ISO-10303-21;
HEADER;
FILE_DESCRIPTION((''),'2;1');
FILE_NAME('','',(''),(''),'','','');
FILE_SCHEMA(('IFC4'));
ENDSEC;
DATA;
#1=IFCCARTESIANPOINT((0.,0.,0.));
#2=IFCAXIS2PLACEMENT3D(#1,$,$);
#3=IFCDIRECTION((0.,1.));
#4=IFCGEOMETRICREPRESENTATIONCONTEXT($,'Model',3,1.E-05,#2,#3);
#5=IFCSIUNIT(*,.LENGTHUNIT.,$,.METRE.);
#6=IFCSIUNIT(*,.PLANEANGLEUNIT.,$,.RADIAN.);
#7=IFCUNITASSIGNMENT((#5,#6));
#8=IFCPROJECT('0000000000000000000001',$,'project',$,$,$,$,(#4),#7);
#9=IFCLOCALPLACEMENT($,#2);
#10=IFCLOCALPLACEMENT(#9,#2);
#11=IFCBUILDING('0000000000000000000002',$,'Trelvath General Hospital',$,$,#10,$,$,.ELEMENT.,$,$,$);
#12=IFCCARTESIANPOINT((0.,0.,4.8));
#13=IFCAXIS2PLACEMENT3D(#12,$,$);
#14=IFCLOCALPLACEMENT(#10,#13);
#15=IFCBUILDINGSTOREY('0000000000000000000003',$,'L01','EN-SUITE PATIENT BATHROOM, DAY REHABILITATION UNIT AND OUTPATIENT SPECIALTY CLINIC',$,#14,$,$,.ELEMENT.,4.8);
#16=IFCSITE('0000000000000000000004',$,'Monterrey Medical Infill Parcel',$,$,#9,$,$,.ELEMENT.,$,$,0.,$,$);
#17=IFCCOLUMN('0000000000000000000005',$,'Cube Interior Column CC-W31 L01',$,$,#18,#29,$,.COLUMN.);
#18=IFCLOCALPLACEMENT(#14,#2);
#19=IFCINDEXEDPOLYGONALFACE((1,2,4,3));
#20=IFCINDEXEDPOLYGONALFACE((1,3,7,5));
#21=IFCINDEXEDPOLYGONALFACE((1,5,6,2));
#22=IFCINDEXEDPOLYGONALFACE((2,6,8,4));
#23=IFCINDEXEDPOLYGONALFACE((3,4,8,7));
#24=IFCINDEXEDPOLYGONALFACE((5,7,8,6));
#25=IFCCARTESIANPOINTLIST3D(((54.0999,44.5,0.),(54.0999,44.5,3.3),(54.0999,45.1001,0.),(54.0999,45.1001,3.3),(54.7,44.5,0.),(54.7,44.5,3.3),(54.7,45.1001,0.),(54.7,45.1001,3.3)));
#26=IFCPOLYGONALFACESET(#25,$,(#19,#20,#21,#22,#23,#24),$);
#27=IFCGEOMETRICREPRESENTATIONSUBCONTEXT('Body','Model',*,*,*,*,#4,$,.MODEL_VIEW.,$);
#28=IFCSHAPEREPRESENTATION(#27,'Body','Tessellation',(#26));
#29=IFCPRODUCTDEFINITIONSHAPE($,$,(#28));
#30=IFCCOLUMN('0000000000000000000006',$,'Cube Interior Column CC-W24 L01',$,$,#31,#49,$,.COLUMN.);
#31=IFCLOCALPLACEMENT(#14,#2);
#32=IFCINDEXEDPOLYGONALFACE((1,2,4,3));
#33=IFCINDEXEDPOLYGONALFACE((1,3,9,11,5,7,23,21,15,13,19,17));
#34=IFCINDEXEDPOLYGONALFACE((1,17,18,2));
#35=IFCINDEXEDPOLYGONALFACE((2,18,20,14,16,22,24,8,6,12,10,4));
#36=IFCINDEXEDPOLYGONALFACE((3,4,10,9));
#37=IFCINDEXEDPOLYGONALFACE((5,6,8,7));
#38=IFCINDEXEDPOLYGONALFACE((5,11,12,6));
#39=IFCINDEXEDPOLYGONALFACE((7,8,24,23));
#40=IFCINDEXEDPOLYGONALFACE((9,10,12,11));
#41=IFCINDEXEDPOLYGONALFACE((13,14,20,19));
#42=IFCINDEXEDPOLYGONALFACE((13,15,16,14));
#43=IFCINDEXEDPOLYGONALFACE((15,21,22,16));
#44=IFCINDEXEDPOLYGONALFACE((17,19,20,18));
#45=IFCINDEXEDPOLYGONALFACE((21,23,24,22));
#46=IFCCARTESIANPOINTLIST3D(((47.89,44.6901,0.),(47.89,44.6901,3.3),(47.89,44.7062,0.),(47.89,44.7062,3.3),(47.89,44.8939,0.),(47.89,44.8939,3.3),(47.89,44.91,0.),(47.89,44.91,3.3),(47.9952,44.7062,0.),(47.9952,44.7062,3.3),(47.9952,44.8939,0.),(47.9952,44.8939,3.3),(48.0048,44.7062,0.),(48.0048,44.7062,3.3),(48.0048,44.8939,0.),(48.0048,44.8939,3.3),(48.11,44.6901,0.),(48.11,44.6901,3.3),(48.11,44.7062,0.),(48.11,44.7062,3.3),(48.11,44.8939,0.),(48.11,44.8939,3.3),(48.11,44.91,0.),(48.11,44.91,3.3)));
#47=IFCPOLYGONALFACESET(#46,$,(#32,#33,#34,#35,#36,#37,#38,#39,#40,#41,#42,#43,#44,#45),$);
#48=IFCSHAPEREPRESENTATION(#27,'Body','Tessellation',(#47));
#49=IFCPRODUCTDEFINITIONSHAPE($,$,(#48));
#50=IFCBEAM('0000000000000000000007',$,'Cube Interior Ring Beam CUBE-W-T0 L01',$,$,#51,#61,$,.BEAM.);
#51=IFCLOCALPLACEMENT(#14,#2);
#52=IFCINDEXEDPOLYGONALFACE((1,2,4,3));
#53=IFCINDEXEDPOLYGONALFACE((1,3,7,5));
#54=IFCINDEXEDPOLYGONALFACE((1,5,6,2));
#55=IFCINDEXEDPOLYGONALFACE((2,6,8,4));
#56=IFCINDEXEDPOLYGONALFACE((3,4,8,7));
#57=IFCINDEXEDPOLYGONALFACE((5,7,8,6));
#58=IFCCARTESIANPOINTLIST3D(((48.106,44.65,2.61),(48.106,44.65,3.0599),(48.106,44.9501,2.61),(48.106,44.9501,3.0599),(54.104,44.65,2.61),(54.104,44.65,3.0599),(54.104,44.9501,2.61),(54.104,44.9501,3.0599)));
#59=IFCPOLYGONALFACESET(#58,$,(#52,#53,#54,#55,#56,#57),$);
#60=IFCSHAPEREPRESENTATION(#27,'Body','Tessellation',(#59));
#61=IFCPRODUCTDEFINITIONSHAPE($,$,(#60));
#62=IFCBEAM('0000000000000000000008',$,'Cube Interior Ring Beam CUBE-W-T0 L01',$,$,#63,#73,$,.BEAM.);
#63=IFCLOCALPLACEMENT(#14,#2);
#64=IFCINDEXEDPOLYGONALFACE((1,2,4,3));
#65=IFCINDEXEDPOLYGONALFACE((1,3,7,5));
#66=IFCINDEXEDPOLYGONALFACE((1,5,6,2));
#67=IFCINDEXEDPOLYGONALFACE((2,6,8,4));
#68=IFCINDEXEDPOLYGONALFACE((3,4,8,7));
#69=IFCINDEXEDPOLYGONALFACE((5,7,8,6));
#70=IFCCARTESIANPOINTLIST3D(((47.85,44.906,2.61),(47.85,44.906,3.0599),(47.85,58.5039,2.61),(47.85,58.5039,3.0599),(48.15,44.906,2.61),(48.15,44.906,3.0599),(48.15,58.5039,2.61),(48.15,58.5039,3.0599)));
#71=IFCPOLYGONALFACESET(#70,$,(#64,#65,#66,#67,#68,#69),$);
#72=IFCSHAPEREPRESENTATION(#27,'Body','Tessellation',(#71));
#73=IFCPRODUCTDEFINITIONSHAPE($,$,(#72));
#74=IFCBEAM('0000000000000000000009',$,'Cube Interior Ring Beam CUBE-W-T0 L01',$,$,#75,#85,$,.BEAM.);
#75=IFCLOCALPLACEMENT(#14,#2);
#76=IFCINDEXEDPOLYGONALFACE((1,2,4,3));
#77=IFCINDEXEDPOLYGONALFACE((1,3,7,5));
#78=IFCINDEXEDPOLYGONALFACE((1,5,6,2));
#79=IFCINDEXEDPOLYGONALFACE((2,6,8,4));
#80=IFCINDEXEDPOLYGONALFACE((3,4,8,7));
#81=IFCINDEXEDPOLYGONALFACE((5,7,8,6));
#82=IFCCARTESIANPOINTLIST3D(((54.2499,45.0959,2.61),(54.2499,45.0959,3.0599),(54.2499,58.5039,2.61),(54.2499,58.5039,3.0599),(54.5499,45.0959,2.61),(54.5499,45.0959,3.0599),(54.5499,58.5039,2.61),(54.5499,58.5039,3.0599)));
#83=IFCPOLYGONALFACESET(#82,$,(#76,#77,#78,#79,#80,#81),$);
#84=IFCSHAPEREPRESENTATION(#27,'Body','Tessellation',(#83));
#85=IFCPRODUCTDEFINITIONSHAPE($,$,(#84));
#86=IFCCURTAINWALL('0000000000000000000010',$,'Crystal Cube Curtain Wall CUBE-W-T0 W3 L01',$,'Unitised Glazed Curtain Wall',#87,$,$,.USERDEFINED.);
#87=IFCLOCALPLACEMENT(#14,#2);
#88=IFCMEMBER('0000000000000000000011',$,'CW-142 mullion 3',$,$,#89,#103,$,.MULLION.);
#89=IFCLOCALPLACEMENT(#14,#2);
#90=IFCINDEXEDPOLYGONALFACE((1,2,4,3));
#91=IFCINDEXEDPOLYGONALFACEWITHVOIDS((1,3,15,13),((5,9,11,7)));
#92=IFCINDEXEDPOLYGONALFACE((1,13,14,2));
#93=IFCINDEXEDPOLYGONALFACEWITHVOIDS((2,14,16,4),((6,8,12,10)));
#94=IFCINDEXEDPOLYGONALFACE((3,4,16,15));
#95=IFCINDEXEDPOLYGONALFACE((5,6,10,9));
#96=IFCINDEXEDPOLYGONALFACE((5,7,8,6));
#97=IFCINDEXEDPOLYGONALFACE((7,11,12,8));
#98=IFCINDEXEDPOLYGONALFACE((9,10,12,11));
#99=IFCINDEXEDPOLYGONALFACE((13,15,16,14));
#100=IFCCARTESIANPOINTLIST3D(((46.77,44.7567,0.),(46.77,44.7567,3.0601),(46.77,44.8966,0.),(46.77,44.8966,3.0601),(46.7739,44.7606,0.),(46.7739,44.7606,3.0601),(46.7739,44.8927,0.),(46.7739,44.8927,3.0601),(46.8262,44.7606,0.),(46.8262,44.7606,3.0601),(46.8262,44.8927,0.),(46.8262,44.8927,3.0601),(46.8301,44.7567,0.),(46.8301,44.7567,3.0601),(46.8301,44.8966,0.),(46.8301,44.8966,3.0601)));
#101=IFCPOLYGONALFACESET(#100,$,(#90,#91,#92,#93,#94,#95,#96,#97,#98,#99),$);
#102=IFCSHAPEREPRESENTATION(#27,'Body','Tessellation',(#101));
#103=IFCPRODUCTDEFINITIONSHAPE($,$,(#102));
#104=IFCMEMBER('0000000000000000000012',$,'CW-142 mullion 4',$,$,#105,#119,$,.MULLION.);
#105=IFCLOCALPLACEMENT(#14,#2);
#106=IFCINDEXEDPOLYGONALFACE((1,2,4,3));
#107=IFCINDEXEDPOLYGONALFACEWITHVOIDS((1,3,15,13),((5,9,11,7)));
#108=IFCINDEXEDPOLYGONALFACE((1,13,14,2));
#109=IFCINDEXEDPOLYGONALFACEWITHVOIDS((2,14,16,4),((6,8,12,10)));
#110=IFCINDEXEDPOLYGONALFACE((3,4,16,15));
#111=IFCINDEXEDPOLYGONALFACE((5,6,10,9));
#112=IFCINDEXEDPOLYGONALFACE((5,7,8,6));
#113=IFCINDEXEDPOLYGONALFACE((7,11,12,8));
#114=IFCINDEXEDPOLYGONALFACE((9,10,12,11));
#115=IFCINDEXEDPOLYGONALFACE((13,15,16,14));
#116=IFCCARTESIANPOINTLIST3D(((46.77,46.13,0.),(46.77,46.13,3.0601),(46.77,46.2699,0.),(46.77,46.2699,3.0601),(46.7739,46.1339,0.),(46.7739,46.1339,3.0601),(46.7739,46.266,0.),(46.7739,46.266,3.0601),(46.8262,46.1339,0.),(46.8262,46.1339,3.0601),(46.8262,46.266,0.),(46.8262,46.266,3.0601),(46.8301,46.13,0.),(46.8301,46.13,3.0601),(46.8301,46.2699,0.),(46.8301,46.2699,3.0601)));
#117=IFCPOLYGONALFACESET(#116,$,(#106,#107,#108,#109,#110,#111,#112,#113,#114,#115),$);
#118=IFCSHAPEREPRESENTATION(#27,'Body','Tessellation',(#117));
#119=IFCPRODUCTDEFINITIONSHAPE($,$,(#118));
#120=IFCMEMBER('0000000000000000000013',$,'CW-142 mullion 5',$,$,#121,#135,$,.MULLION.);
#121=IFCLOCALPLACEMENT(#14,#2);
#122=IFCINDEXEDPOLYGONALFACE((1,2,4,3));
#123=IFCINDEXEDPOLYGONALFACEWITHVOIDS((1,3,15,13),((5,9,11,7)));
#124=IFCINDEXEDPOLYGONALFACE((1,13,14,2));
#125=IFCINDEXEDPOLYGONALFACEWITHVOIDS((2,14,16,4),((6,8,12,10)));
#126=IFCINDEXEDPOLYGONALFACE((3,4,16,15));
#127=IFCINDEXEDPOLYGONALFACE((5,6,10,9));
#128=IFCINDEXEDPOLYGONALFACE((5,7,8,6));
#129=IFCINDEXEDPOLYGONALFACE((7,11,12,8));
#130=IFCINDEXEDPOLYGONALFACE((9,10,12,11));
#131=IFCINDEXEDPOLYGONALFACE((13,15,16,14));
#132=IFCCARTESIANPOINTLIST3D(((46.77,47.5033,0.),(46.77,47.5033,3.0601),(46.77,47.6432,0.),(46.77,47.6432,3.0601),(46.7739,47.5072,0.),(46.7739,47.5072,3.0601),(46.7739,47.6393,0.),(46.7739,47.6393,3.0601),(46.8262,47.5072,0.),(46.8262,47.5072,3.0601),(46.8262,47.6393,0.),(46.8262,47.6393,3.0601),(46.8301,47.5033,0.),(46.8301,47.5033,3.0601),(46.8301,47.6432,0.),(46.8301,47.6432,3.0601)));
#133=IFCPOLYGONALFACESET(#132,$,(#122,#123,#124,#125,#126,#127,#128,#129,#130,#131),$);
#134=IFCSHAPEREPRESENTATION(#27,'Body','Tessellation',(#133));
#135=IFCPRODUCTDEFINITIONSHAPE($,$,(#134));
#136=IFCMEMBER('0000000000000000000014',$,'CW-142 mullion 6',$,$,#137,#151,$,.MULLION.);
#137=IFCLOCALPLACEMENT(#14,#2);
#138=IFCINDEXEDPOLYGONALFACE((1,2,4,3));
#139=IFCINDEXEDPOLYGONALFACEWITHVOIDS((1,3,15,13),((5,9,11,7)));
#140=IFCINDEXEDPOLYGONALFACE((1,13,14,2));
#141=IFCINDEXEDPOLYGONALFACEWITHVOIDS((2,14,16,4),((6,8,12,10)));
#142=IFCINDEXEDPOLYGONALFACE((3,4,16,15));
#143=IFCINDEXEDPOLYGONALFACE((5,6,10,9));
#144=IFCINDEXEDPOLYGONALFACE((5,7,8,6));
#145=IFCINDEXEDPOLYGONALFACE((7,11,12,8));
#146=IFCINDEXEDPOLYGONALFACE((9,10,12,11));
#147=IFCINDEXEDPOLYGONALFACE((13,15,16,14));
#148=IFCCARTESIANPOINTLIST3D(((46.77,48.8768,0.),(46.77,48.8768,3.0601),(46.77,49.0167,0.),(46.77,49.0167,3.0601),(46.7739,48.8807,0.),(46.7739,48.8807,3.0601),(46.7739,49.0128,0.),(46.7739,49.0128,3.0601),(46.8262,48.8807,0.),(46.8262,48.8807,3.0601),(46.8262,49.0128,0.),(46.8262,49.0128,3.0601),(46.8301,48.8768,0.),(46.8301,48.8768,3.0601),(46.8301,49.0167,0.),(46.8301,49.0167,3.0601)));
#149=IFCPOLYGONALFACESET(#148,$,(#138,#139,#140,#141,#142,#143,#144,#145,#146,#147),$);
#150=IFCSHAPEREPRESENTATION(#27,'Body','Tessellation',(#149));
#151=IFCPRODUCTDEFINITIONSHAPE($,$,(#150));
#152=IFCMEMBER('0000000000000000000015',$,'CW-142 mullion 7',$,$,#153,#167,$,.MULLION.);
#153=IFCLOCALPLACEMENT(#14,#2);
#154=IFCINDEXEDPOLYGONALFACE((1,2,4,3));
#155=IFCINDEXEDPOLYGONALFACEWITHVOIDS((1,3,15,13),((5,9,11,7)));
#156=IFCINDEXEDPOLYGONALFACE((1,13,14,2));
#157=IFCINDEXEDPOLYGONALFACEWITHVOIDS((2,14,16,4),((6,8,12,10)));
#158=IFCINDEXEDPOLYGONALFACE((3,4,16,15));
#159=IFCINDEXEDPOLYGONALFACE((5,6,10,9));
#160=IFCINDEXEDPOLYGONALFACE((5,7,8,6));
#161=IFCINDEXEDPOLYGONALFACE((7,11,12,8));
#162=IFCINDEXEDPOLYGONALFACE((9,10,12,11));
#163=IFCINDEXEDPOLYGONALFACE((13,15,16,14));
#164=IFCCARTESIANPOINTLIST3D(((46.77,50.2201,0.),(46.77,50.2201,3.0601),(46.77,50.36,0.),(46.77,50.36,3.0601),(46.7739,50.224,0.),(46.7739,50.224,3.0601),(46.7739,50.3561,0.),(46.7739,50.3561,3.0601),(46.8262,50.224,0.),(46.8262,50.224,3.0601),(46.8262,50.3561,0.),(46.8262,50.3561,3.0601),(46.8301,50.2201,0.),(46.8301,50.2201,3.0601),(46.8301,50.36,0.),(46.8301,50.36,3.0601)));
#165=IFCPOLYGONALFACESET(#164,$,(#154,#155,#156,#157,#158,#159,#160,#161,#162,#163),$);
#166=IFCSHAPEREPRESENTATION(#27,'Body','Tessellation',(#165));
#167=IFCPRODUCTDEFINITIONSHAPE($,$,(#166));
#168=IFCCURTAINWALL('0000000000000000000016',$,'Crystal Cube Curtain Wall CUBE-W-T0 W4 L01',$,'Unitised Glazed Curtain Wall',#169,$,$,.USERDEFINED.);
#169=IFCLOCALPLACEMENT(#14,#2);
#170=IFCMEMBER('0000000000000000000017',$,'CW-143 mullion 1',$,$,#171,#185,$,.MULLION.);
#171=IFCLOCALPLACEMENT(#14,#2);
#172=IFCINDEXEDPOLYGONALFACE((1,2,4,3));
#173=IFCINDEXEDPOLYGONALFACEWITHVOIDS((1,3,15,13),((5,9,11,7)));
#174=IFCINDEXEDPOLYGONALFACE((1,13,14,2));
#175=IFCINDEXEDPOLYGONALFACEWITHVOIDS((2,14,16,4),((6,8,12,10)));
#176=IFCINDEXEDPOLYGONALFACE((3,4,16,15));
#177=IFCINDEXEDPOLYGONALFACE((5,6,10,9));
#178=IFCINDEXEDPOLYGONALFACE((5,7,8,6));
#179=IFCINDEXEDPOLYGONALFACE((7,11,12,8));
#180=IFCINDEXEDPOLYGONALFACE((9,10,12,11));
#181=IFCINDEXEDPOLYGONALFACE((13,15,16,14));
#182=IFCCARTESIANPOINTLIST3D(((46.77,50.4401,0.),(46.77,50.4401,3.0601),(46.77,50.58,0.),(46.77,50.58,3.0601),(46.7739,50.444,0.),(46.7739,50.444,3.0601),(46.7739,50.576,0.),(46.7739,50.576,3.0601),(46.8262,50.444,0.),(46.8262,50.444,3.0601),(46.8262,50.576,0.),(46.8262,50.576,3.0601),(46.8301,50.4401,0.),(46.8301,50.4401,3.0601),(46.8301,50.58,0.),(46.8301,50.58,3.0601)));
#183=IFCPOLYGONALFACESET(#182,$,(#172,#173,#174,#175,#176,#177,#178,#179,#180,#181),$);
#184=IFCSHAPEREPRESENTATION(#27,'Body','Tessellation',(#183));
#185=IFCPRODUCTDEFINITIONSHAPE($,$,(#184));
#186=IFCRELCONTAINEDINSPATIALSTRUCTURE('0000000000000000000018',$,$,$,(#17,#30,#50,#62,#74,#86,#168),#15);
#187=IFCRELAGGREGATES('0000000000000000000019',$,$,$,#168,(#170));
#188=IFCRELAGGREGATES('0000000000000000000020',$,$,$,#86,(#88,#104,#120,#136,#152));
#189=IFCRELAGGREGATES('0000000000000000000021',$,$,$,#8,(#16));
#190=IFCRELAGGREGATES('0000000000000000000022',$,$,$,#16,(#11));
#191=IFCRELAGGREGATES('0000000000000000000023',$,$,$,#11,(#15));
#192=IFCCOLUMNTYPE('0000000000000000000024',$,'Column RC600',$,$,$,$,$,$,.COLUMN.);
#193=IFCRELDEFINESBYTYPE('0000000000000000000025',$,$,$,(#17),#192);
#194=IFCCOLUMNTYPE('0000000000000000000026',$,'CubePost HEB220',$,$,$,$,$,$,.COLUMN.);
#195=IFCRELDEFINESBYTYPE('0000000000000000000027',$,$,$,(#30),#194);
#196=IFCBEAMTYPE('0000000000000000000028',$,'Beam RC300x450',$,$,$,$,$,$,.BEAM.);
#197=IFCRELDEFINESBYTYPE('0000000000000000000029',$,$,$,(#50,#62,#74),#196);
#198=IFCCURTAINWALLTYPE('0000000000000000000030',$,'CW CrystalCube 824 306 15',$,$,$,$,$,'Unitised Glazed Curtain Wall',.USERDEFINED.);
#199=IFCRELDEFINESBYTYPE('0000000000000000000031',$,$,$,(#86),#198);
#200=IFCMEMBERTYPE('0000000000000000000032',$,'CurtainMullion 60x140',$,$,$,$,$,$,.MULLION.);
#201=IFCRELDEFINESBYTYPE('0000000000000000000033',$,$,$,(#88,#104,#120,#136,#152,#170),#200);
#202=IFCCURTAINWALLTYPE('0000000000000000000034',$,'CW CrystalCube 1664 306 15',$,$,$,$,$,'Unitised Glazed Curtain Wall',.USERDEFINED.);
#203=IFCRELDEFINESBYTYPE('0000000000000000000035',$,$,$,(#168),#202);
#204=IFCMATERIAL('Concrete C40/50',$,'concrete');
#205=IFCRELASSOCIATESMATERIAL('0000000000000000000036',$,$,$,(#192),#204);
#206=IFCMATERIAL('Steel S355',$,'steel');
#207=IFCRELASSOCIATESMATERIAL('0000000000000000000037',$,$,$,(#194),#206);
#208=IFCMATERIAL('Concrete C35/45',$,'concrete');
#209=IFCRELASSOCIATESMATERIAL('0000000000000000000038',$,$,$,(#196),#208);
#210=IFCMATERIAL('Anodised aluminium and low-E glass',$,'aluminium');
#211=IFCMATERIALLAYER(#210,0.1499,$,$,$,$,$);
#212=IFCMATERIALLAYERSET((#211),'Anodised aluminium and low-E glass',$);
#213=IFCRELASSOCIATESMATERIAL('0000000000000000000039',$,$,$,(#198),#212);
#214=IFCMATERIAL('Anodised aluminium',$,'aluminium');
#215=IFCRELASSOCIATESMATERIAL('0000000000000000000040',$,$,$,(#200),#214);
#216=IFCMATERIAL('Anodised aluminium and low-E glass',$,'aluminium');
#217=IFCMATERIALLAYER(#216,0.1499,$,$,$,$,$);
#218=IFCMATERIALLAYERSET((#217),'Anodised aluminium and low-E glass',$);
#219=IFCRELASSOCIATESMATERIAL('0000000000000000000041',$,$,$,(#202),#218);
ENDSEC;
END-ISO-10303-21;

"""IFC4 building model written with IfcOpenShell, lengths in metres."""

from ifc_helpers import new_model, si_unit, direction, frame, origin, origin_2d, place, context, subcontext, project, spatial, rectangle, hollow_rectangle, i_section, extrude, material, layer, layer_set, material_profile, profile_set, type_object, element, aggregate, save


model = new_model("IFC4")

# Units and contexts
model_context = context("Model", 3, precision=1e-05, world=origin(), true_north=direction((0.0, 1.0)))
body_context = subcontext(model_context, "Body", "Model", "MODEL_VIEW")
ifc_project = project(units=[si_unit("LENGTHUNIT", "METRE"), si_unit("PLANEANGLEUNIT", "RADIAN")], contexts=[model_context])

# Site, building, storey
site_placement = place(None, origin())
site = spatial("IfcSite", under=ifc_project, at=site_placement, Name="Monterrey Medical Infill Parcel", CompositionType="ELEMENT", RefElevation=0.0)
building_placement = place(site_placement, origin())
building = spatial("IfcBuilding", under=site, at=building_placement, Name="Trelvath General Hospital", CompositionType="ELEMENT")
storey_placement = place(building_placement, frame((0.0, 0.0, 4.8)))
storey = spatial("IfcBuildingStorey", under=building, at=storey_placement, Name="L01", Description="EN-SUITE PATIENT BATHROOM, DAY REHABILITATION UNIT AND OUTPATIENT SPECIALTY CLINIC", CompositionType="ELEMENT", Elevation=4.8)

# Columns
ifc_material_1 = material(Name="Concrete C40/50", Category="concrete")
ifc_material_profile_1 = material_profile(ifc_material_1, rectangle(XDim=0.6001, YDim=0.6001, at=origin_2d()), Name="RC600x600")
ifc_profile_set_1 = profile_set([ifc_material_profile_1], Name="Concrete C40/50")
column_type_1 = type_object("IfcColumnType", Name="Column RC600", PredefinedType="COLUMN", material=ifc_profile_set_1)
column_1_placement = place(storey_placement, frame((54.3999, 44.8, 0.0), z_axis=(0.0, 0.0, 1.0), x_axis=(1.0, 0.0, 0.0)))
element("IfcColumn", 1, at=column_1_placement, inside=storey, type_object=column_type_1, Name="Cube Interior Column CC-W31 L01", PredefinedType="COLUMN", context=body_context, shape_type="SweptSolid", body=[
    extrude(rectangle(XDim=0.6001, YDim=0.6001, at=origin_2d()), origin(), (0.0, 0.0, 1.0), 3.3),
])
ifc_material_2 = material(Name="Steel S355", Category="steel")
ifc_material_profile_2 = material_profile(ifc_material_2, i_section(OverallWidth=0.22, OverallDepth=0.22, WebThickness=0.0095, FlangeThickness=0.0161, at=origin_2d()), Name="HEB220")
ifc_profile_set_2 = profile_set([ifc_material_profile_2], Name="Steel S355")
column_type_2 = type_object("IfcColumnType", Name="CubePost HEB220", PredefinedType="COLUMN", material=ifc_profile_set_2)
column_2_placement = place(storey_placement, frame((48.0, 44.8, 0.0), z_axis=(0.0, 0.0, 1.0), x_axis=(1.0, 0.0, 0.0)))
element("IfcColumn", 2, at=column_2_placement, inside=storey, type_object=column_type_2, Name="Cube Interior Column CC-W24 L01", PredefinedType="COLUMN", context=body_context, shape_type="SweptSolid", body=[
    extrude(i_section(OverallWidth=0.22, OverallDepth=0.22, WebThickness=0.0095, FlangeThickness=0.0161, at=origin_2d()), origin(), (0.0, 0.0, 1.0), 3.3),
])

# Beams
ifc_material_3 = material(Name="Concrete C35/45", Category="concrete")
ifc_material_profile_3 = material_profile(ifc_material_3, rectangle(XDim=0.3, YDim=0.45, at=origin_2d()), Name="RCB300x450")
ifc_profile_set_3 = profile_set([ifc_material_profile_3], Name="Concrete C35/45")
beam_type = type_object("IfcBeamType", Name="Beam RC300x450", PredefinedType="BEAM", material=ifc_profile_set_3)
beam_1_placement = place(storey_placement, frame((48.106, 44.8, 2.835), z_axis=(1.0, 0.0, 0.0), x_axis=(0.0, 1.0, 0.0)))
element("IfcBeam", 3, at=beam_1_placement, inside=storey, type_object=beam_type, Name="Cube Interior Ring Beam CUBE-W-T0 L01", PredefinedType="BEAM", context=body_context, shape_type="SweptSolid", body=[
    extrude(rectangle(XDim=0.3, YDim=0.45, at=origin_2d()), origin(), (0.0, 0.0, 1.0), 5.998),
])
beam_2_placement = place(storey_placement, frame((48.0, 44.906, 2.835), z_axis=(0.0, 1.0, 0.0), x_axis=(-1.0, 0.0, 0.0)))
element("IfcBeam", 4, at=beam_2_placement, inside=storey, type_object=beam_type, Name="Cube Interior Ring Beam CUBE-W-T0 L01", PredefinedType="BEAM", context=body_context, shape_type="SweptSolid", body=[
    extrude(rectangle(XDim=0.3, YDim=0.45, at=origin_2d()), origin(), (0.0, 0.0, 1.0), 13.5979),
])
beam_3_placement = place(storey_placement, frame((54.3999, 45.0959, 2.835), z_axis=(0.0, 1.0, 0.0), x_axis=(-1.0, 0.0, 0.0)))
element("IfcBeam", 5, at=beam_3_placement, inside=storey, type_object=beam_type, Name="Cube Interior Ring Beam CUBE-W-T0 L01", PredefinedType="BEAM", context=body_context, shape_type="SweptSolid", body=[
    extrude(rectangle(XDim=0.3, YDim=0.45, at=origin_2d()), origin(), (0.0, 0.0, 1.0), 13.408),
])

# Curtain wall, members
ifc_material_4 = material(Name="Anodised aluminium and low-E glass", Category="aluminium")
ifc_layer_1 = layer(ifc_material_4, 0.1499)
ifc_layer_set_1 = layer_set([ifc_layer_1], Name="Anodised aluminium and low-E glass")
curtain_wall_type_1 = type_object("IfcCurtainWallType", Name="CW CrystalCube 824 306 15", ElementType="Unitised Glazed Curtain Wall", PredefinedType="USERDEFINED", material=ifc_layer_set_1)
curtain_wall_1_placement = place(storey_placement, origin())
curtain_wall_1 = element("IfcCurtainWall", 6, at=curtain_wall_1_placement, inside=storey, type_object=curtain_wall_type_1, Name="Crystal Cube Curtain Wall CUBE-W-T0 W3 L01", ObjectType="Unitised Glazed Curtain Wall", PredefinedType="USERDEFINED")
ifc_material_5 = material(Name="Anodised aluminium", Category="aluminium")
ifc_material_profile_4 = material_profile(ifc_material_5, hollow_rectangle(XDim=0.0601, YDim=0.1399, WallThickness=0.0039, at=origin_2d()), Name="RHS60x140x4")
ifc_profile_set_4 = profile_set([ifc_material_profile_4], Name="Anodised aluminium")
member_type_1 = type_object("IfcMemberType", Name="CurtainMullion 60x140", PredefinedType="MULLION", material=ifc_profile_set_4)
member_1_placement = place(storey_placement, frame((46.8, 44.8267, 0.0), z_axis=(0.0, 0.0, 1.0), x_axis=(-1.0, 0.0, 0.0)))
member_1 = element("IfcMember", 7, at=member_1_placement, type_object=member_type_1, Name="CW-142 mullion 3", PredefinedType="MULLION", context=body_context, shape_type="SweptSolid", body=[
    extrude(hollow_rectangle(XDim=0.0601, YDim=0.1399, WallThickness=0.0039, at=origin_2d()), origin(), (0.0, 0.0, 1.0), 3.0601),
])
member_2_placement = place(storey_placement, frame((46.8, 46.2, 0.0), z_axis=(0.0, 0.0, 1.0), x_axis=(-1.0, 0.0, 0.0)))
member_2 = element("IfcMember", 8, at=member_2_placement, type_object=member_type_1, Name="CW-142 mullion 4", PredefinedType="MULLION", context=body_context, shape_type="SweptSolid", body=[
    extrude(hollow_rectangle(XDim=0.0601, YDim=0.1399, WallThickness=0.0039, at=origin_2d()), origin(), (0.0, 0.0, 1.0), 3.0601),
])
member_3_placement = place(storey_placement, frame((46.8, 47.5732, 0.0), z_axis=(0.0, 0.0, 1.0), x_axis=(-1.0, 0.0, 0.0)))
member_3 = element("IfcMember", 9, at=member_3_placement, type_object=member_type_1, Name="CW-142 mullion 5", PredefinedType="MULLION", context=body_context, shape_type="SweptSolid", body=[
    extrude(hollow_rectangle(XDim=0.0601, YDim=0.1399, WallThickness=0.0039, at=origin_2d()), origin(), (0.0, 0.0, 1.0), 3.0601),
])
member_4_placement = place(storey_placement, frame((46.8, 48.9468, 0.0), z_axis=(0.0, 0.0, 1.0), x_axis=(-1.0, 0.0, 0.0)))
member_4 = element("IfcMember", 10, at=member_4_placement, type_object=member_type_1, Name="CW-142 mullion 6", PredefinedType="MULLION", context=body_context, shape_type="SweptSolid", body=[
    extrude(hollow_rectangle(XDim=0.0601, YDim=0.1399, WallThickness=0.0039, at=origin_2d()), origin(), (0.0, 0.0, 1.0), 3.0601),
])
member_5_placement = place(storey_placement, frame((46.8, 50.29, 0.0), z_axis=(0.0, 0.0, 1.0), x_axis=(-1.0, 0.0, 0.0)))
member_5 = element("IfcMember", 11, at=member_5_placement, type_object=member_type_1, Name="CW-142 mullion 7", PredefinedType="MULLION", context=body_context, shape_type="SweptSolid", body=[
    extrude(hollow_rectangle(XDim=0.0601, YDim=0.1399, WallThickness=0.0039, at=origin_2d()), origin(), (0.0, 0.0, 1.0), 3.0601),
])

# Curtain wall, member
ifc_material_6 = material(Name="Anodised aluminium and low-E glass", Category="aluminium")
ifc_layer_2 = layer(ifc_material_6, 0.1499)
ifc_layer_set_2 = layer_set([ifc_layer_2], Name="Anodised aluminium and low-E glass")
curtain_wall_type_2 = type_object("IfcCurtainWallType", Name="CW CrystalCube 1664 306 15", ElementType="Unitised Glazed Curtain Wall", PredefinedType="USERDEFINED", material=ifc_layer_set_2)
curtain_wall_2_placement = place(storey_placement, origin())
curtain_wall_2 = element("IfcCurtainWall", 12, at=curtain_wall_2_placement, inside=storey, type_object=curtain_wall_type_2, Name="Crystal Cube Curtain Wall CUBE-W-T0 W4 L01", ObjectType="Unitised Glazed Curtain Wall", PredefinedType="USERDEFINED")
member_6_placement = place(storey_placement, frame((46.8, 50.51, 0.0), z_axis=(0.0, 0.0, 1.0), x_axis=(-1.0, 0.0, 0.0)))
member_6 = element("IfcMember", 13, at=member_6_placement, type_object=member_type_1, Name="CW-143 mullion 1", PredefinedType="MULLION", context=body_context, shape_type="SweptSolid", body=[
    extrude(hollow_rectangle(XDim=0.0601, YDim=0.1399, WallThickness=0.0039, at=origin_2d()), origin(), (0.0, 0.0, 1.0), 3.0601),
])
aggregate(curtain_wall_2, [member_6])

aggregate(curtain_wall_1, [member_1, member_2, member_3, member_4, member_5])

save(model, "model.ifc")
